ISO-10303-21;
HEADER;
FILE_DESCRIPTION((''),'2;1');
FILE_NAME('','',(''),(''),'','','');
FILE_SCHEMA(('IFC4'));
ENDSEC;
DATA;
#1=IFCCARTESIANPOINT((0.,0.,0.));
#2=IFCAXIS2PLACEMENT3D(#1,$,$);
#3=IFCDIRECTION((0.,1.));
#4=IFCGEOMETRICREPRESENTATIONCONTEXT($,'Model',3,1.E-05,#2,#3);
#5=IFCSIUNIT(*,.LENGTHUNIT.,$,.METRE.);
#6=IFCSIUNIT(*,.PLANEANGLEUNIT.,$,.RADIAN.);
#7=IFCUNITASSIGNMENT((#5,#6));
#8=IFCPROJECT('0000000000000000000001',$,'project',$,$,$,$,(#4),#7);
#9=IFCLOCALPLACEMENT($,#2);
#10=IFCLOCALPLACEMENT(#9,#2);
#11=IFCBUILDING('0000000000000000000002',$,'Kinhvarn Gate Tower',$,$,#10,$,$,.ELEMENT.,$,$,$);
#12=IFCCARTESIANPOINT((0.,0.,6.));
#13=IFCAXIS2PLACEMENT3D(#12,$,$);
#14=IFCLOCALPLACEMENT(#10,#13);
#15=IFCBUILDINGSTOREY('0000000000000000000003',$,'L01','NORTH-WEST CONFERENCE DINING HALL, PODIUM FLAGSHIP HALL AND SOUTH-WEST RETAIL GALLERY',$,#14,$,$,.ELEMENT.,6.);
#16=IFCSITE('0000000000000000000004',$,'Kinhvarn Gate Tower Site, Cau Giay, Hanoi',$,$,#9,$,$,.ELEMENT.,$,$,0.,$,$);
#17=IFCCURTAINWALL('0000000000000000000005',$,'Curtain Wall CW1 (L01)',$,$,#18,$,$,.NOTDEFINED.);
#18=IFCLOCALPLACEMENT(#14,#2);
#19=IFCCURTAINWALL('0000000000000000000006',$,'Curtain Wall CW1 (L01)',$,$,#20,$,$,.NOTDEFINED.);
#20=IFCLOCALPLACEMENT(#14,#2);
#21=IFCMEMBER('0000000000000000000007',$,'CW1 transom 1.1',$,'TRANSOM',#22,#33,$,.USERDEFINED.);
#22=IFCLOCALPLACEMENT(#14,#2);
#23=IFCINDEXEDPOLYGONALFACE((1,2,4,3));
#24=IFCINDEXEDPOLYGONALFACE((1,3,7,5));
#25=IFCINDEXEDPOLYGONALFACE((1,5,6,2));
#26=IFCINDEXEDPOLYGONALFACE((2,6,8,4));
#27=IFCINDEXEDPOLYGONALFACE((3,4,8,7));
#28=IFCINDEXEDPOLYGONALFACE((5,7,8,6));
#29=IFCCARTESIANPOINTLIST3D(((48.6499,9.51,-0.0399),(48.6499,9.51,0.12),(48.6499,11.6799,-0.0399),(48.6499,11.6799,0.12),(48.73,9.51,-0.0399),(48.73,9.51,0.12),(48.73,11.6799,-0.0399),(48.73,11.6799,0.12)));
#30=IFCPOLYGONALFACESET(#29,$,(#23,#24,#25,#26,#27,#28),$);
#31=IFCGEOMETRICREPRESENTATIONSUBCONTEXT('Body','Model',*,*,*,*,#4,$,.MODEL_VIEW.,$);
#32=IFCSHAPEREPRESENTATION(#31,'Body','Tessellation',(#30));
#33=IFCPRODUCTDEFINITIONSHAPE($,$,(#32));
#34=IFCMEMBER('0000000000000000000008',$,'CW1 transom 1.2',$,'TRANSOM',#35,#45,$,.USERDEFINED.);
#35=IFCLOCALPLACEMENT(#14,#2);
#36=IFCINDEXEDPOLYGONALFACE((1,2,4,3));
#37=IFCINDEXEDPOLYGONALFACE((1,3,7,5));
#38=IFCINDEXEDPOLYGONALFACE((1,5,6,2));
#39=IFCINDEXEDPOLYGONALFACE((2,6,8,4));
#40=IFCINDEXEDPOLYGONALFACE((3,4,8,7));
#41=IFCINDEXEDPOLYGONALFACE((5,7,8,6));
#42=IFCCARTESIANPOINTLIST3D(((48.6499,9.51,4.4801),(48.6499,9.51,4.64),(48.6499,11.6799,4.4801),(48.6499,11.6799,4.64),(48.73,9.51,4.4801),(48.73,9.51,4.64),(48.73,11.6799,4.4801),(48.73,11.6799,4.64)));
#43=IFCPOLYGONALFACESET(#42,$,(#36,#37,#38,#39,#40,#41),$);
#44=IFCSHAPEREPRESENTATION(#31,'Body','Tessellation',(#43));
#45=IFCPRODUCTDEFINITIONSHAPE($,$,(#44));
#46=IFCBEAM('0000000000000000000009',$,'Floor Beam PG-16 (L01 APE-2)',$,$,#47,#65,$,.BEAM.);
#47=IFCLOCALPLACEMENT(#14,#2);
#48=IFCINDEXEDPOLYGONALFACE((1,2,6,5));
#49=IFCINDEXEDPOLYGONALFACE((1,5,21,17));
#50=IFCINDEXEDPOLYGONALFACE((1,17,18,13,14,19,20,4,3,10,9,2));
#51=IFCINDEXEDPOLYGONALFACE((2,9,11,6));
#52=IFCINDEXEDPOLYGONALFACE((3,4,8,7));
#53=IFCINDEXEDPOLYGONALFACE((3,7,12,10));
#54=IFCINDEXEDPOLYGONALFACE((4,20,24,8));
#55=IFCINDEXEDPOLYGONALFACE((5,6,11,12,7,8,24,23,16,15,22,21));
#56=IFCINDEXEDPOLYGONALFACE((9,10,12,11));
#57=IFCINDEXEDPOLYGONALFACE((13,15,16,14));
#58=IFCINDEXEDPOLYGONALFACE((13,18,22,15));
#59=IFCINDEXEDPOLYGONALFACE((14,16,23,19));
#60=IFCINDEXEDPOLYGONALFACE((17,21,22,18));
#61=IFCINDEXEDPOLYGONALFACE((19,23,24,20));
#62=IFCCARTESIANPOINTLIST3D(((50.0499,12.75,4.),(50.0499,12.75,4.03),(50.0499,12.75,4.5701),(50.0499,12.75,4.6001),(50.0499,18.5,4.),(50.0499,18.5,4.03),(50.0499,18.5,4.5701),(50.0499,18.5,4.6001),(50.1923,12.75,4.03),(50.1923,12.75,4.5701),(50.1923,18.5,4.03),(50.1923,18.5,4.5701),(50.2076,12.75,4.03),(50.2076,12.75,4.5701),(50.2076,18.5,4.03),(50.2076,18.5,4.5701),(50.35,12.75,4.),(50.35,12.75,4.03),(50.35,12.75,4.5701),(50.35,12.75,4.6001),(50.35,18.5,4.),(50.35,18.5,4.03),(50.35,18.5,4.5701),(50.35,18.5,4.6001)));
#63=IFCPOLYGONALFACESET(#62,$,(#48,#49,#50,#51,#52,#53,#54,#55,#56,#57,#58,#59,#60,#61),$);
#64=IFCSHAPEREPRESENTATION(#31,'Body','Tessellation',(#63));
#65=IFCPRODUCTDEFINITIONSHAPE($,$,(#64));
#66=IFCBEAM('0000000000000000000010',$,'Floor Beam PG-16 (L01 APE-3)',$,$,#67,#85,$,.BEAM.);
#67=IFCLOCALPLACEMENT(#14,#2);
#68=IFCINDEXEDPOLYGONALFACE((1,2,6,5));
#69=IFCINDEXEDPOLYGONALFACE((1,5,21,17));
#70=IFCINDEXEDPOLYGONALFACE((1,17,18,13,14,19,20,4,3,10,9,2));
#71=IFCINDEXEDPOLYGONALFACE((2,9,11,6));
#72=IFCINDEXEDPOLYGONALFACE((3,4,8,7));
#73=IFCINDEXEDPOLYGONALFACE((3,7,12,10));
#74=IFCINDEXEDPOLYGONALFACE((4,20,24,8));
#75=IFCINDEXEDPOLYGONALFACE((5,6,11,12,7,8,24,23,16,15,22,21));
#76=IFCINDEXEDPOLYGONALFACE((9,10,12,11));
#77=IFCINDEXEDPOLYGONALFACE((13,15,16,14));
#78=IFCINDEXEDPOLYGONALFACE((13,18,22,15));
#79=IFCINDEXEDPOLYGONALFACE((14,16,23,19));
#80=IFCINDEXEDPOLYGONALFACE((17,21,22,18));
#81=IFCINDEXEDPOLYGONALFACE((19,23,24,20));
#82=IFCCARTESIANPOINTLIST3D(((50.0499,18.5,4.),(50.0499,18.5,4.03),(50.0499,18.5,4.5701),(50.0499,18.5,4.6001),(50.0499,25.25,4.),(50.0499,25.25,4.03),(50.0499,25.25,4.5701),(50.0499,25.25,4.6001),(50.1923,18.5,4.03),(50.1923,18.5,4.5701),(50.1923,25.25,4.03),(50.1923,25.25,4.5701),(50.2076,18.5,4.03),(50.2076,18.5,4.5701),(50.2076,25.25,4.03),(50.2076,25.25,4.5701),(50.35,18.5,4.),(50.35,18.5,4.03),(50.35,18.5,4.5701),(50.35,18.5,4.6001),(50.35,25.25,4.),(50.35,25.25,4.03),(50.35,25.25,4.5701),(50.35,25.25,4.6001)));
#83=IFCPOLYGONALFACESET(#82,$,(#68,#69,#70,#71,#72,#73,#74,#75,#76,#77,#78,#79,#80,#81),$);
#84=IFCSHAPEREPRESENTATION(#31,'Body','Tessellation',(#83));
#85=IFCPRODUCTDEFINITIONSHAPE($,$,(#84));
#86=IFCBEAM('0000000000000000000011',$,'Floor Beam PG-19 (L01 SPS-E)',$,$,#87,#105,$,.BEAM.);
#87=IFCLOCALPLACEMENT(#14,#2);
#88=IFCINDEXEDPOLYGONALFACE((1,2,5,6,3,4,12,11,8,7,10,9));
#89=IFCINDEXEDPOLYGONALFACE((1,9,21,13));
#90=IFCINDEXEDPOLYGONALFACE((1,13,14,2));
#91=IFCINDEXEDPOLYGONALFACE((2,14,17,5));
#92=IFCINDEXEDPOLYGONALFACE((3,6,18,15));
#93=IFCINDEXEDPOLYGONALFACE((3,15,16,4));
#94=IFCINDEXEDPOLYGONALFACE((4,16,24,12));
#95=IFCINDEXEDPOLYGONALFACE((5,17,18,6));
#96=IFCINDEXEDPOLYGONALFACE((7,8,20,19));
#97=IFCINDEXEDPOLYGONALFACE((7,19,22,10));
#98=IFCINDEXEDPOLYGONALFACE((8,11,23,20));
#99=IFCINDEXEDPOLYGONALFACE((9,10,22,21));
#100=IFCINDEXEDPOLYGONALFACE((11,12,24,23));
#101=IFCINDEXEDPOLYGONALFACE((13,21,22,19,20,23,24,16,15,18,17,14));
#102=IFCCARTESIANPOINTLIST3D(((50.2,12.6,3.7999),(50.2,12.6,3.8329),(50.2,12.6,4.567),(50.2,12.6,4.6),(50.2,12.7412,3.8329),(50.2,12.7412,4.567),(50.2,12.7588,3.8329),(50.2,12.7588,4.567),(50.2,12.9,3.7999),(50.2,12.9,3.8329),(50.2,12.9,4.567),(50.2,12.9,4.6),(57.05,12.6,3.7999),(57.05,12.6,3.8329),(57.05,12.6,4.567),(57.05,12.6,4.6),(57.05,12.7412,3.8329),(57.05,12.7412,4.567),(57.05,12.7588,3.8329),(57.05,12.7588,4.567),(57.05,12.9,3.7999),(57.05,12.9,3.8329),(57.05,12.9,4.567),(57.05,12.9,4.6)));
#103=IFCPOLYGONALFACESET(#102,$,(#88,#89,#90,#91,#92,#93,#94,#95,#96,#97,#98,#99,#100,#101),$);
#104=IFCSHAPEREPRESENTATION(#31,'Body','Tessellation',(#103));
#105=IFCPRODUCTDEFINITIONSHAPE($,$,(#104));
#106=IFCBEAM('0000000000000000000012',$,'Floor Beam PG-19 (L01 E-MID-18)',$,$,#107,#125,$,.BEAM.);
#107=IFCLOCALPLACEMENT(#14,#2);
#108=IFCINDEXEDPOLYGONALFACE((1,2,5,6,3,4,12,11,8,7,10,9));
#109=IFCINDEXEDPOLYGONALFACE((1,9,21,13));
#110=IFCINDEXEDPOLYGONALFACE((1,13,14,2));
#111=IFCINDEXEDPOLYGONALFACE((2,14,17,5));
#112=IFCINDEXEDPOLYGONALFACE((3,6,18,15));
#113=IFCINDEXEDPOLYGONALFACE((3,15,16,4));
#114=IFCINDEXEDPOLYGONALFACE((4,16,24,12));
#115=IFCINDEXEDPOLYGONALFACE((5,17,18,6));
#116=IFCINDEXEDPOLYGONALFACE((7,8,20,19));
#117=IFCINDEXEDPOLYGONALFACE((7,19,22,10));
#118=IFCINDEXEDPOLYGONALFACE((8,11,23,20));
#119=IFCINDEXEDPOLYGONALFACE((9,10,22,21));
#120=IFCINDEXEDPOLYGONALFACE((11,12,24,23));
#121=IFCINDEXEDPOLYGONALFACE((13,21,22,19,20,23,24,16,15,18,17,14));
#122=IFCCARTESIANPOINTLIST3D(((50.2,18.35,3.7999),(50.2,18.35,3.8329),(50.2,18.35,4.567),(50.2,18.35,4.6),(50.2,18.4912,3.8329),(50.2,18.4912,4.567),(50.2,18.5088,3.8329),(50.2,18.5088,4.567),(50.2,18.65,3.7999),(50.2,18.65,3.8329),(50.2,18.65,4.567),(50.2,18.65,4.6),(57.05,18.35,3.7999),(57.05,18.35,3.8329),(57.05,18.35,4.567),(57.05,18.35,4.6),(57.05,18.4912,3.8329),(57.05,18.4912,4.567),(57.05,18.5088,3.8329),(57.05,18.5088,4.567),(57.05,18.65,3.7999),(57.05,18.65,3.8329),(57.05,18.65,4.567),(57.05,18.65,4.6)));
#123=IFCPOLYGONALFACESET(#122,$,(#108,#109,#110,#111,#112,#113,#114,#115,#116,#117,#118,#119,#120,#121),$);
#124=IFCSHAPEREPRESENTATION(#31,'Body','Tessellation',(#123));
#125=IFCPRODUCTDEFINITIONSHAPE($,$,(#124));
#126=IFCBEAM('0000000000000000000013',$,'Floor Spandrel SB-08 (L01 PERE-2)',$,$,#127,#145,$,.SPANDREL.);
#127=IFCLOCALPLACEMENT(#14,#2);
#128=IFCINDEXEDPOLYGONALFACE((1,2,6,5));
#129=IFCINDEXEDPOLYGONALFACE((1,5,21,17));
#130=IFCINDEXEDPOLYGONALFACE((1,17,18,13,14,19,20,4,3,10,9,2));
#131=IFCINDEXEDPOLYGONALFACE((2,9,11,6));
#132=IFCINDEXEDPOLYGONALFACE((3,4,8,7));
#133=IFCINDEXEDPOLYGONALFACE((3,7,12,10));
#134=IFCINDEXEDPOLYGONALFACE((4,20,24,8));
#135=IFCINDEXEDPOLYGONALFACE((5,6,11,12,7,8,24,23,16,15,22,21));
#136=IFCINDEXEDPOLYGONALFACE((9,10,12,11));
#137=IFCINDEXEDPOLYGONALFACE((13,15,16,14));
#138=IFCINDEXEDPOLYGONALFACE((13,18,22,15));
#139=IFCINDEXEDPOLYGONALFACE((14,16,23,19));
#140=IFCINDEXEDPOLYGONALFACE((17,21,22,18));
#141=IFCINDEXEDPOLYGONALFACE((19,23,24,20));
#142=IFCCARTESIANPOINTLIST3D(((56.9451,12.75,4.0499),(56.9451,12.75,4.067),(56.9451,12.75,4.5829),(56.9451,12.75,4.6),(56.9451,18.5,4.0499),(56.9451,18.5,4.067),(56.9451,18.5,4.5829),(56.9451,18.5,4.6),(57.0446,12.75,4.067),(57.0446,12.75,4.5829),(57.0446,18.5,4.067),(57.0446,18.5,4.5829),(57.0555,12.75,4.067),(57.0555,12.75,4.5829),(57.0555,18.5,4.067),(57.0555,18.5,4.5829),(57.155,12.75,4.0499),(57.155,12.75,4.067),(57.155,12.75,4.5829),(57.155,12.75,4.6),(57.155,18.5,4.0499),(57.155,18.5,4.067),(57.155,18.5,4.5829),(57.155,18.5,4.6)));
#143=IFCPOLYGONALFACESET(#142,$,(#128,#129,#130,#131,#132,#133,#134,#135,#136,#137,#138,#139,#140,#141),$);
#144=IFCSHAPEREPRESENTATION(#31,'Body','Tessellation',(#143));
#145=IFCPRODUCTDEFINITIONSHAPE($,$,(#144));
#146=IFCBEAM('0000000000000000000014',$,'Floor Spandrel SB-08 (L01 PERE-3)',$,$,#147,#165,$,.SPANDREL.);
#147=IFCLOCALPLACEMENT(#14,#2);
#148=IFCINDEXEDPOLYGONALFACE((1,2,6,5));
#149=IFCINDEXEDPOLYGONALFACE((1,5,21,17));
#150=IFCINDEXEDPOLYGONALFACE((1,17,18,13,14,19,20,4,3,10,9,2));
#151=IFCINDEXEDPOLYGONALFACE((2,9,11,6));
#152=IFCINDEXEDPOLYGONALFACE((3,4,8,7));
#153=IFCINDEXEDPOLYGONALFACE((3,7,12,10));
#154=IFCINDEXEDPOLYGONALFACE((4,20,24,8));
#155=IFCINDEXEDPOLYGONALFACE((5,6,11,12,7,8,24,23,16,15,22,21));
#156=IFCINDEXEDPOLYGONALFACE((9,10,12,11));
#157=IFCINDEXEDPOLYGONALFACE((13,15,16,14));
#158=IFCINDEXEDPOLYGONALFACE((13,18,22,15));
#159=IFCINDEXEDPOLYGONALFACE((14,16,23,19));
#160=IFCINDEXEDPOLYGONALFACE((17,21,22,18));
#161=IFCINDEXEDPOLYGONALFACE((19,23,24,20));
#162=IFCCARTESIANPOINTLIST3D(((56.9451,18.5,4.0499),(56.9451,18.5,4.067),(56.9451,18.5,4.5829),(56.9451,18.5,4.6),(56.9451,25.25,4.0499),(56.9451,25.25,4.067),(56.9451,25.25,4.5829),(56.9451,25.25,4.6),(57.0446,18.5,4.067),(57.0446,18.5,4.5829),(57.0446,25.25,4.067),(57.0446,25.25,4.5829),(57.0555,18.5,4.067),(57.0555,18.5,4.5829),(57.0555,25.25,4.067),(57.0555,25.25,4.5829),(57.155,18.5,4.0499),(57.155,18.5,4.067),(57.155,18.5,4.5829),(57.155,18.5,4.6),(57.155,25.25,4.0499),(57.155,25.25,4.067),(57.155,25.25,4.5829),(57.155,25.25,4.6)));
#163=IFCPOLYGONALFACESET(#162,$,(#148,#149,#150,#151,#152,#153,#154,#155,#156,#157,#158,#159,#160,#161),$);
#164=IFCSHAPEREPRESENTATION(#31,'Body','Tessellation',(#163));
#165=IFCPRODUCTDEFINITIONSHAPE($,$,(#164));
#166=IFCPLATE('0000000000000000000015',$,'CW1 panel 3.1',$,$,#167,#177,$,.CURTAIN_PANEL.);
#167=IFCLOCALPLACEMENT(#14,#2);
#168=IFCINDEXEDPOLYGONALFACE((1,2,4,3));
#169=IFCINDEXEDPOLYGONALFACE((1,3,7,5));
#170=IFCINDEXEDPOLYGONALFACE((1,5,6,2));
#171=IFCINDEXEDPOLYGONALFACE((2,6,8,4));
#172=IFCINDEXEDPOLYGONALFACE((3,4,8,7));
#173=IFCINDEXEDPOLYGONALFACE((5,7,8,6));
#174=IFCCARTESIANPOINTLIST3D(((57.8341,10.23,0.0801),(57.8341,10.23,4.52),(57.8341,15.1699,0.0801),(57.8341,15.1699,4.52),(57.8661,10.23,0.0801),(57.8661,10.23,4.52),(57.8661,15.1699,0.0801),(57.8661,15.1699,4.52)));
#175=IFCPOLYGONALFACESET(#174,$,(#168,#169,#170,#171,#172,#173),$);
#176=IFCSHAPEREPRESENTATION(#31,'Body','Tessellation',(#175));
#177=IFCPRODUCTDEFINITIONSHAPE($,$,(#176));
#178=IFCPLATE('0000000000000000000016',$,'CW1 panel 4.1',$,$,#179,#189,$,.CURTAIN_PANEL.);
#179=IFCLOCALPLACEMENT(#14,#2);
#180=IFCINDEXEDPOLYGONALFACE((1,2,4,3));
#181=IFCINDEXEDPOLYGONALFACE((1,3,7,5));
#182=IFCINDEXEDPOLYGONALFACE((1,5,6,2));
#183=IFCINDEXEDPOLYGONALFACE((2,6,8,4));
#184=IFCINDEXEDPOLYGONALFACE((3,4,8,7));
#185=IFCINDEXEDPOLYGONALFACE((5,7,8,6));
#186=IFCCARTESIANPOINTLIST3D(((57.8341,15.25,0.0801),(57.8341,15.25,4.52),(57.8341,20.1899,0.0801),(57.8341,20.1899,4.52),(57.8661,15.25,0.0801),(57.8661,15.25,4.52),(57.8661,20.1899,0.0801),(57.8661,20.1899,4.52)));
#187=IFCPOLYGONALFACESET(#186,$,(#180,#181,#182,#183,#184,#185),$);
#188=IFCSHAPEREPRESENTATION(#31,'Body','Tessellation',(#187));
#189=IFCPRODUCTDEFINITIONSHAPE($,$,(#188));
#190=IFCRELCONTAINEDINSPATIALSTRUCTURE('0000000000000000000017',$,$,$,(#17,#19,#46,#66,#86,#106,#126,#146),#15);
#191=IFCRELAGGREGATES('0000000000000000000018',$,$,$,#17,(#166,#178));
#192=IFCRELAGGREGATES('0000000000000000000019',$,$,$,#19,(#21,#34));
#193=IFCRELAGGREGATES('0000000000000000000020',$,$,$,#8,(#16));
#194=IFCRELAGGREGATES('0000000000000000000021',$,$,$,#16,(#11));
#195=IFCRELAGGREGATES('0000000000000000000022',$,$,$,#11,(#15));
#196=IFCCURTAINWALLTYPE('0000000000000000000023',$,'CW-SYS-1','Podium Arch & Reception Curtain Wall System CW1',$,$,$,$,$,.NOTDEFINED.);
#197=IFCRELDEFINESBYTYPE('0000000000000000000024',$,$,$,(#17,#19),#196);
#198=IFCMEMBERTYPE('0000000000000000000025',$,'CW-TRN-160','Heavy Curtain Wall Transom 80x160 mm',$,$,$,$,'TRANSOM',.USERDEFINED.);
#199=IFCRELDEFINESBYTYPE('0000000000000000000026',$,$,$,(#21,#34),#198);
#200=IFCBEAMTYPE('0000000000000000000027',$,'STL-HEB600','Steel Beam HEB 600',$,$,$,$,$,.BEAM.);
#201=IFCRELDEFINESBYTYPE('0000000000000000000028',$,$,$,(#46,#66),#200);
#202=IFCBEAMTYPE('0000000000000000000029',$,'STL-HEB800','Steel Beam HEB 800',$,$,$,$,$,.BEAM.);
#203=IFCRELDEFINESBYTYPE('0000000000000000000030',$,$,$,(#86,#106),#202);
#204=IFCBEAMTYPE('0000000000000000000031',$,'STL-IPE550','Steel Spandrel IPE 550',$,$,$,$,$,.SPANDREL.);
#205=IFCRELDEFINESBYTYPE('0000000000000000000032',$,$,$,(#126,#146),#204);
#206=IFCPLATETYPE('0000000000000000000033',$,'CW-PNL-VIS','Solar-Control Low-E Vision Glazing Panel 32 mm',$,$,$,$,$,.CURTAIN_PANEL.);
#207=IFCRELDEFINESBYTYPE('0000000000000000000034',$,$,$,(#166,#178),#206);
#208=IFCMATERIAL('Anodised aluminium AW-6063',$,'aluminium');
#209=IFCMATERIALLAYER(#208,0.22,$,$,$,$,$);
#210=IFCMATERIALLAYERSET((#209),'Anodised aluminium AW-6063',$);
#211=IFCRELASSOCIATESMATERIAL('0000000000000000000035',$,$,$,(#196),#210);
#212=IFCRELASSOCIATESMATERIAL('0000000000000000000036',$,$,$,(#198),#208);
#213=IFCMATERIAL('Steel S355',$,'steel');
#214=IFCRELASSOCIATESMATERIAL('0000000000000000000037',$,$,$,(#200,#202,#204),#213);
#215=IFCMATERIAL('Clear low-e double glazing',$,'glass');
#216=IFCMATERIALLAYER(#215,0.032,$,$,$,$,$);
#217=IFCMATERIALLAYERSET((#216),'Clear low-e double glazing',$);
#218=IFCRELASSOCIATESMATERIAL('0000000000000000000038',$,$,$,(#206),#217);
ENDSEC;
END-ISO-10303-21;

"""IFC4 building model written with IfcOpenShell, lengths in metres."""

from ifc_helpers import new_model, si_unit, direction, frame, origin, origin_2d, place, context, subcontext, project, spatial, rectangle, i_section, extrude, material, layer, layer_set, material_profile, profile_set, type_object, element, aggregate, save


model = new_model("IFC4")

# Units and contexts
model_context = context("Model", 3, precision=1e-05, world=origin(), true_north=direction((0.0, 1.0)))
body_context = subcontext(model_context, "Body", "Model", "MODEL_VIEW")
ifc_project = project(units=[si_unit("LENGTHUNIT", "METRE"), si_unit("PLANEANGLEUNIT", "RADIAN")], contexts=[model_context])

# Site, building, storey
site_placement = place(None, origin())
site = spatial("IfcSite", under=ifc_project, at=site_placement, Name="Kinhvarn Gate Tower Site, Cau Giay, Hanoi", CompositionType="ELEMENT", RefElevation=0.0)
building_placement = place(site_placement, origin())
building = spatial("IfcBuilding", under=site, at=building_placement, Name="Kinhvarn Gate Tower", CompositionType="ELEMENT")
storey_placement = place(building_placement, frame((0.0, 0.0, 6.0)))
storey = spatial("IfcBuildingStorey", under=building, at=storey_placement, Name="L01", Description="NORTH-WEST CONFERENCE DINING HALL, PODIUM FLAGSHIP HALL AND SOUTH-WEST RETAIL GALLERY", CompositionType="ELEMENT", Elevation=6.0)

# Curtain wall
ifc_material_1 = material(Name="Anodised aluminium AW-6063", Category="aluminium")
ifc_layer_1 = layer(ifc_material_1, 0.22)
ifc_layer_set_1 = layer_set([ifc_layer_1], Name="Anodised aluminium AW-6063")
curtain_wall_type = type_object("IfcCurtainWallType", Name="CW-SYS-1", Description="Podium Arch & Reception Curtain Wall System CW1", PredefinedType="NOTDEFINED", material=ifc_layer_set_1)
curtain_wall_1_placement = place(storey_placement, origin())
curtain_wall_1 = element("IfcCurtainWall", 1, at=curtain_wall_1_placement, inside=storey, type_object=curtain_wall_type, Name="Curtain Wall CW1 (L01)", PredefinedType="NOTDEFINED")

# Curtain wall
curtain_wall_2_placement = place(storey_placement, origin())
curtain_wall_2 = element("IfcCurtainWall", 2, at=curtain_wall_2_placement, inside=storey, type_object=curtain_wall_type, Name="Curtain Wall CW1 (L01)", PredefinedType="NOTDEFINED")

# Members
ifc_material_profile_1 = material_profile(ifc_material_1, rectangle(XDim=0.0801, YDim=0.1599, at=origin_2d()), Name="ALU 80x160")
ifc_profile_set_1 = profile_set([ifc_material_profile_1], Name="Anodised aluminium AW-6063")
member_type_1 = type_object("IfcMemberType", Name="CW-TRN-160", Description="Heavy Curtain Wall Transom 80x160 mm", ElementType="TRANSOM", PredefinedType="USERDEFINED", material=ifc_profile_set_1)
member_1_placement = place(storey_placement, frame((48.6899, 11.6799, 0.04), z_axis=(0.0, -1.0, 0.0), x_axis=(1.0, 0.0, 0.0)))
member_1 = element("IfcMember", 3, at=member_1_placement, type_object=member_type_1, Name="CW1 transom 1.1", ObjectType="TRANSOM", PredefinedType="USERDEFINED", context=body_context, shape_type="SweptSolid", body=[
    extrude(rectangle(XDim=0.0801, YDim=0.1599, at=origin_2d()), origin(), (0.0, 0.0, 1.0), 2.1699),
])
member_2_placement = place(storey_placement, frame((48.6899, 11.6799, 4.5601), z_axis=(0.0, -1.0, 0.0), x_axis=(1.0, 0.0, 0.0)))
member_2 = element("IfcMember", 4, at=member_2_placement, type_object=member_type_1, Name="CW1 transom 1.2", ObjectType="TRANSOM", PredefinedType="USERDEFINED", context=body_context, shape_type="SweptSolid", body=[
    extrude(rectangle(XDim=0.0801, YDim=0.1599, at=origin_2d()), origin(), (0.0, 0.0, 1.0), 2.1699),
])

# Beams
ifc_material_2 = material(Name="Steel S355", Category="steel")
ifc_material_profile_2 = material_profile(ifc_material_2, i_section(OverallWidth=0.3, OverallDepth=0.6001, WebThickness=0.0154, FlangeThickness=0.03, at=origin_2d()), Name="HEB 600")
ifc_profile_set_2 = profile_set([ifc_material_profile_2], Name="Steel S355")
beam_type_1 = type_object("IfcBeamType", Name="STL-HEB600", Description="Steel Beam HEB 600", PredefinedType="BEAM", material=ifc_profile_set_2)
beam_1_placement = place(storey_placement, frame((50.2, 12.75, 4.3), z_axis=(0.0, 1.0, 0.0), x_axis=(-1.0, 0.0, 0.0)))
element("IfcBeam", 5, at=beam_1_placement, inside=storey, type_object=beam_type_1, Name="Floor Beam PG-16 (L01 APE-2)", PredefinedType="BEAM", context=body_context, shape_type="SweptSolid", body=[
    extrude(i_section(OverallWidth=0.3, OverallDepth=0.6001, WebThickness=0.0154, FlangeThickness=0.03, at=origin_2d()), origin(), (0.0, 0.0, 1.0), 5.75),
])
beam_2_placement = place(storey_placement, frame((50.2, 18.5, 4.3), z_axis=(0.0, 1.0, 0.0), x_axis=(-1.0, 0.0, 0.0)))
element("IfcBeam", 6, at=beam_2_placement, inside=storey, type_object=beam_type_1, Name="Floor Beam PG-16 (L01 APE-3)", PredefinedType="BEAM", context=body_context, shape_type="SweptSolid", body=[
    extrude(i_section(OverallWidth=0.3, OverallDepth=0.6001, WebThickness=0.0154, FlangeThickness=0.03, at=origin_2d()), origin(), (0.0, 0.0, 1.0), 6.75),
])
ifc_material_profile_3 = material_profile(ifc_material_2, i_section(OverallWidth=0.3, OverallDepth=0.8, WebThickness=0.0176, FlangeThickness=0.033, at=origin_2d()), Name="HEB 800")
ifc_profile_set_3 = profile_set([ifc_material_profile_3], Name="Steel S355")
beam_type_2 = type_object("IfcBeamType", Name="STL-HEB800", Description="Steel Beam HEB 800", PredefinedType="BEAM", material=ifc_profile_set_3)
for number, where, z_axis, x_axis, name in (
    (7, (50.2, 12.75, 4.2), (1.0, 0.0, 0.0), (0.0, 1.0, 0.0), "Floor Beam PG-19 (L01 SPS-E)"),
    (8, (50.2, 18.5, 4.2), (1.0, 0.0, 0.0), (0.0, 1.0, 0.0), "Floor Beam PG-19 (L01 E-MID-18)"),
):
    element("IfcBeam", number, at=place(storey_placement, frame(where, z_axis=z_axis, x_axis=x_axis)), inside=storey, type_object=beam_type_2, Name=name, PredefinedType="BEAM", context=body_context, shape_type="SweptSolid", body=[
        extrude(i_section(OverallWidth=0.3, OverallDepth=0.8, WebThickness=0.0176, FlangeThickness=0.033, at=origin_2d()), origin(), (0.0, 0.0, 1.0), 6.8501),
    ])
ifc_material_profile_4 = material_profile(ifc_material_2, i_section(OverallWidth=0.21, OverallDepth=0.55, WebThickness=0.011, FlangeThickness=0.0171, at=origin_2d()), Name="IPE 550")
ifc_profile_set_4 = profile_set([ifc_material_profile_4], Name="Steel S355")
beam_type_3 = type_object("IfcBeamType", Name="STL-IPE550", Description="Steel Spandrel IPE 550", PredefinedType="SPANDREL", material=ifc_profile_set_4)
beam_3_placement = place(storey_placement, frame((57.05, 12.75, 4.325), z_axis=(0.0, 1.0, 0.0), x_axis=(-1.0, 0.0, 0.0)))
element("IfcBeam", 9, at=beam_3_placement, inside=storey, type_object=beam_type_3, Name="Floor Spandrel SB-08 (L01 PERE-2)", PredefinedType="SPANDREL", context=body_context, shape_type="SweptSolid", body=[
    extrude(i_section(OverallWidth=0.21, OverallDepth=0.55, WebThickness=0.011, FlangeThickness=0.0171, at=origin_2d()), origin(), (0.0, 0.0, 1.0), 5.75),
])
beam_4_placement = place(storey_placement, frame((57.05, 18.5, 4.325), z_axis=(0.0, 1.0, 0.0), x_axis=(-1.0, 0.0, 0.0)))
element("IfcBeam", 10, at=beam_4_placement, inside=storey, type_object=beam_type_3, Name="Floor Spandrel SB-08 (L01 PERE-3)", PredefinedType="SPANDREL", context=body_context, shape_type="SweptSolid", body=[
    extrude(i_section(OverallWidth=0.21, OverallDepth=0.55, WebThickness=0.011, FlangeThickness=0.0171, at=origin_2d()), origin(), (0.0, 0.0, 1.0), 6.75),
])

# Plates
ifc_material_3 = material(Name="Clear low-e double glazing", Category="glass")
ifc_layer_2 = layer(ifc_material_3, 0.032)
ifc_layer_set_2 = layer_set([ifc_layer_2], Name="Clear low-e double glazing")
plate_type = type_object("IfcPlateType", Name="CW-PNL-VIS", Description="Solar-Control Low-E Vision Glazing Panel 32 mm", PredefinedType="CURTAIN_PANEL", material=ifc_layer_set_2)
plate_1_placement = place(storey_placement, frame((57.8501, 12.7, 0.0801), z_axis=(0.0, 0.0, 1.0), x_axis=(0.0, 1.0, 0.0)))
plate_1 = element("IfcPlate", 11, at=plate_1_placement, type_object=plate_type, Name="CW1 panel 3.1", PredefinedType="CURTAIN_PANEL", context=body_context, shape_type="SweptSolid", body=[
    extrude(rectangle(XDim=4.9399, YDim=0.032, at=origin_2d()), origin(), (0.0, 0.0, 1.0), 4.4399),
])
plate_2_placement = place(storey_placement, frame((57.8501, 17.72, 0.0801), z_axis=(0.0, 0.0, 1.0), x_axis=(0.0, 1.0, 0.0)))
plate_2 = element("IfcPlate", 12, at=plate_2_placement, type_object=plate_type, Name="CW1 panel 4.1", PredefinedType="CURTAIN_PANEL", context=body_context, shape_type="SweptSolid", body=[
    extrude(rectangle(XDim=4.9399, YDim=0.032, at=origin_2d()), origin(), (0.0, 0.0, 1.0), 4.4399),
])
aggregate(curtain_wall_1, [plate_1, plate_2])
aggregate(curtain_wall_2, [member_1, member_2])

save(model, "model.ifc")
